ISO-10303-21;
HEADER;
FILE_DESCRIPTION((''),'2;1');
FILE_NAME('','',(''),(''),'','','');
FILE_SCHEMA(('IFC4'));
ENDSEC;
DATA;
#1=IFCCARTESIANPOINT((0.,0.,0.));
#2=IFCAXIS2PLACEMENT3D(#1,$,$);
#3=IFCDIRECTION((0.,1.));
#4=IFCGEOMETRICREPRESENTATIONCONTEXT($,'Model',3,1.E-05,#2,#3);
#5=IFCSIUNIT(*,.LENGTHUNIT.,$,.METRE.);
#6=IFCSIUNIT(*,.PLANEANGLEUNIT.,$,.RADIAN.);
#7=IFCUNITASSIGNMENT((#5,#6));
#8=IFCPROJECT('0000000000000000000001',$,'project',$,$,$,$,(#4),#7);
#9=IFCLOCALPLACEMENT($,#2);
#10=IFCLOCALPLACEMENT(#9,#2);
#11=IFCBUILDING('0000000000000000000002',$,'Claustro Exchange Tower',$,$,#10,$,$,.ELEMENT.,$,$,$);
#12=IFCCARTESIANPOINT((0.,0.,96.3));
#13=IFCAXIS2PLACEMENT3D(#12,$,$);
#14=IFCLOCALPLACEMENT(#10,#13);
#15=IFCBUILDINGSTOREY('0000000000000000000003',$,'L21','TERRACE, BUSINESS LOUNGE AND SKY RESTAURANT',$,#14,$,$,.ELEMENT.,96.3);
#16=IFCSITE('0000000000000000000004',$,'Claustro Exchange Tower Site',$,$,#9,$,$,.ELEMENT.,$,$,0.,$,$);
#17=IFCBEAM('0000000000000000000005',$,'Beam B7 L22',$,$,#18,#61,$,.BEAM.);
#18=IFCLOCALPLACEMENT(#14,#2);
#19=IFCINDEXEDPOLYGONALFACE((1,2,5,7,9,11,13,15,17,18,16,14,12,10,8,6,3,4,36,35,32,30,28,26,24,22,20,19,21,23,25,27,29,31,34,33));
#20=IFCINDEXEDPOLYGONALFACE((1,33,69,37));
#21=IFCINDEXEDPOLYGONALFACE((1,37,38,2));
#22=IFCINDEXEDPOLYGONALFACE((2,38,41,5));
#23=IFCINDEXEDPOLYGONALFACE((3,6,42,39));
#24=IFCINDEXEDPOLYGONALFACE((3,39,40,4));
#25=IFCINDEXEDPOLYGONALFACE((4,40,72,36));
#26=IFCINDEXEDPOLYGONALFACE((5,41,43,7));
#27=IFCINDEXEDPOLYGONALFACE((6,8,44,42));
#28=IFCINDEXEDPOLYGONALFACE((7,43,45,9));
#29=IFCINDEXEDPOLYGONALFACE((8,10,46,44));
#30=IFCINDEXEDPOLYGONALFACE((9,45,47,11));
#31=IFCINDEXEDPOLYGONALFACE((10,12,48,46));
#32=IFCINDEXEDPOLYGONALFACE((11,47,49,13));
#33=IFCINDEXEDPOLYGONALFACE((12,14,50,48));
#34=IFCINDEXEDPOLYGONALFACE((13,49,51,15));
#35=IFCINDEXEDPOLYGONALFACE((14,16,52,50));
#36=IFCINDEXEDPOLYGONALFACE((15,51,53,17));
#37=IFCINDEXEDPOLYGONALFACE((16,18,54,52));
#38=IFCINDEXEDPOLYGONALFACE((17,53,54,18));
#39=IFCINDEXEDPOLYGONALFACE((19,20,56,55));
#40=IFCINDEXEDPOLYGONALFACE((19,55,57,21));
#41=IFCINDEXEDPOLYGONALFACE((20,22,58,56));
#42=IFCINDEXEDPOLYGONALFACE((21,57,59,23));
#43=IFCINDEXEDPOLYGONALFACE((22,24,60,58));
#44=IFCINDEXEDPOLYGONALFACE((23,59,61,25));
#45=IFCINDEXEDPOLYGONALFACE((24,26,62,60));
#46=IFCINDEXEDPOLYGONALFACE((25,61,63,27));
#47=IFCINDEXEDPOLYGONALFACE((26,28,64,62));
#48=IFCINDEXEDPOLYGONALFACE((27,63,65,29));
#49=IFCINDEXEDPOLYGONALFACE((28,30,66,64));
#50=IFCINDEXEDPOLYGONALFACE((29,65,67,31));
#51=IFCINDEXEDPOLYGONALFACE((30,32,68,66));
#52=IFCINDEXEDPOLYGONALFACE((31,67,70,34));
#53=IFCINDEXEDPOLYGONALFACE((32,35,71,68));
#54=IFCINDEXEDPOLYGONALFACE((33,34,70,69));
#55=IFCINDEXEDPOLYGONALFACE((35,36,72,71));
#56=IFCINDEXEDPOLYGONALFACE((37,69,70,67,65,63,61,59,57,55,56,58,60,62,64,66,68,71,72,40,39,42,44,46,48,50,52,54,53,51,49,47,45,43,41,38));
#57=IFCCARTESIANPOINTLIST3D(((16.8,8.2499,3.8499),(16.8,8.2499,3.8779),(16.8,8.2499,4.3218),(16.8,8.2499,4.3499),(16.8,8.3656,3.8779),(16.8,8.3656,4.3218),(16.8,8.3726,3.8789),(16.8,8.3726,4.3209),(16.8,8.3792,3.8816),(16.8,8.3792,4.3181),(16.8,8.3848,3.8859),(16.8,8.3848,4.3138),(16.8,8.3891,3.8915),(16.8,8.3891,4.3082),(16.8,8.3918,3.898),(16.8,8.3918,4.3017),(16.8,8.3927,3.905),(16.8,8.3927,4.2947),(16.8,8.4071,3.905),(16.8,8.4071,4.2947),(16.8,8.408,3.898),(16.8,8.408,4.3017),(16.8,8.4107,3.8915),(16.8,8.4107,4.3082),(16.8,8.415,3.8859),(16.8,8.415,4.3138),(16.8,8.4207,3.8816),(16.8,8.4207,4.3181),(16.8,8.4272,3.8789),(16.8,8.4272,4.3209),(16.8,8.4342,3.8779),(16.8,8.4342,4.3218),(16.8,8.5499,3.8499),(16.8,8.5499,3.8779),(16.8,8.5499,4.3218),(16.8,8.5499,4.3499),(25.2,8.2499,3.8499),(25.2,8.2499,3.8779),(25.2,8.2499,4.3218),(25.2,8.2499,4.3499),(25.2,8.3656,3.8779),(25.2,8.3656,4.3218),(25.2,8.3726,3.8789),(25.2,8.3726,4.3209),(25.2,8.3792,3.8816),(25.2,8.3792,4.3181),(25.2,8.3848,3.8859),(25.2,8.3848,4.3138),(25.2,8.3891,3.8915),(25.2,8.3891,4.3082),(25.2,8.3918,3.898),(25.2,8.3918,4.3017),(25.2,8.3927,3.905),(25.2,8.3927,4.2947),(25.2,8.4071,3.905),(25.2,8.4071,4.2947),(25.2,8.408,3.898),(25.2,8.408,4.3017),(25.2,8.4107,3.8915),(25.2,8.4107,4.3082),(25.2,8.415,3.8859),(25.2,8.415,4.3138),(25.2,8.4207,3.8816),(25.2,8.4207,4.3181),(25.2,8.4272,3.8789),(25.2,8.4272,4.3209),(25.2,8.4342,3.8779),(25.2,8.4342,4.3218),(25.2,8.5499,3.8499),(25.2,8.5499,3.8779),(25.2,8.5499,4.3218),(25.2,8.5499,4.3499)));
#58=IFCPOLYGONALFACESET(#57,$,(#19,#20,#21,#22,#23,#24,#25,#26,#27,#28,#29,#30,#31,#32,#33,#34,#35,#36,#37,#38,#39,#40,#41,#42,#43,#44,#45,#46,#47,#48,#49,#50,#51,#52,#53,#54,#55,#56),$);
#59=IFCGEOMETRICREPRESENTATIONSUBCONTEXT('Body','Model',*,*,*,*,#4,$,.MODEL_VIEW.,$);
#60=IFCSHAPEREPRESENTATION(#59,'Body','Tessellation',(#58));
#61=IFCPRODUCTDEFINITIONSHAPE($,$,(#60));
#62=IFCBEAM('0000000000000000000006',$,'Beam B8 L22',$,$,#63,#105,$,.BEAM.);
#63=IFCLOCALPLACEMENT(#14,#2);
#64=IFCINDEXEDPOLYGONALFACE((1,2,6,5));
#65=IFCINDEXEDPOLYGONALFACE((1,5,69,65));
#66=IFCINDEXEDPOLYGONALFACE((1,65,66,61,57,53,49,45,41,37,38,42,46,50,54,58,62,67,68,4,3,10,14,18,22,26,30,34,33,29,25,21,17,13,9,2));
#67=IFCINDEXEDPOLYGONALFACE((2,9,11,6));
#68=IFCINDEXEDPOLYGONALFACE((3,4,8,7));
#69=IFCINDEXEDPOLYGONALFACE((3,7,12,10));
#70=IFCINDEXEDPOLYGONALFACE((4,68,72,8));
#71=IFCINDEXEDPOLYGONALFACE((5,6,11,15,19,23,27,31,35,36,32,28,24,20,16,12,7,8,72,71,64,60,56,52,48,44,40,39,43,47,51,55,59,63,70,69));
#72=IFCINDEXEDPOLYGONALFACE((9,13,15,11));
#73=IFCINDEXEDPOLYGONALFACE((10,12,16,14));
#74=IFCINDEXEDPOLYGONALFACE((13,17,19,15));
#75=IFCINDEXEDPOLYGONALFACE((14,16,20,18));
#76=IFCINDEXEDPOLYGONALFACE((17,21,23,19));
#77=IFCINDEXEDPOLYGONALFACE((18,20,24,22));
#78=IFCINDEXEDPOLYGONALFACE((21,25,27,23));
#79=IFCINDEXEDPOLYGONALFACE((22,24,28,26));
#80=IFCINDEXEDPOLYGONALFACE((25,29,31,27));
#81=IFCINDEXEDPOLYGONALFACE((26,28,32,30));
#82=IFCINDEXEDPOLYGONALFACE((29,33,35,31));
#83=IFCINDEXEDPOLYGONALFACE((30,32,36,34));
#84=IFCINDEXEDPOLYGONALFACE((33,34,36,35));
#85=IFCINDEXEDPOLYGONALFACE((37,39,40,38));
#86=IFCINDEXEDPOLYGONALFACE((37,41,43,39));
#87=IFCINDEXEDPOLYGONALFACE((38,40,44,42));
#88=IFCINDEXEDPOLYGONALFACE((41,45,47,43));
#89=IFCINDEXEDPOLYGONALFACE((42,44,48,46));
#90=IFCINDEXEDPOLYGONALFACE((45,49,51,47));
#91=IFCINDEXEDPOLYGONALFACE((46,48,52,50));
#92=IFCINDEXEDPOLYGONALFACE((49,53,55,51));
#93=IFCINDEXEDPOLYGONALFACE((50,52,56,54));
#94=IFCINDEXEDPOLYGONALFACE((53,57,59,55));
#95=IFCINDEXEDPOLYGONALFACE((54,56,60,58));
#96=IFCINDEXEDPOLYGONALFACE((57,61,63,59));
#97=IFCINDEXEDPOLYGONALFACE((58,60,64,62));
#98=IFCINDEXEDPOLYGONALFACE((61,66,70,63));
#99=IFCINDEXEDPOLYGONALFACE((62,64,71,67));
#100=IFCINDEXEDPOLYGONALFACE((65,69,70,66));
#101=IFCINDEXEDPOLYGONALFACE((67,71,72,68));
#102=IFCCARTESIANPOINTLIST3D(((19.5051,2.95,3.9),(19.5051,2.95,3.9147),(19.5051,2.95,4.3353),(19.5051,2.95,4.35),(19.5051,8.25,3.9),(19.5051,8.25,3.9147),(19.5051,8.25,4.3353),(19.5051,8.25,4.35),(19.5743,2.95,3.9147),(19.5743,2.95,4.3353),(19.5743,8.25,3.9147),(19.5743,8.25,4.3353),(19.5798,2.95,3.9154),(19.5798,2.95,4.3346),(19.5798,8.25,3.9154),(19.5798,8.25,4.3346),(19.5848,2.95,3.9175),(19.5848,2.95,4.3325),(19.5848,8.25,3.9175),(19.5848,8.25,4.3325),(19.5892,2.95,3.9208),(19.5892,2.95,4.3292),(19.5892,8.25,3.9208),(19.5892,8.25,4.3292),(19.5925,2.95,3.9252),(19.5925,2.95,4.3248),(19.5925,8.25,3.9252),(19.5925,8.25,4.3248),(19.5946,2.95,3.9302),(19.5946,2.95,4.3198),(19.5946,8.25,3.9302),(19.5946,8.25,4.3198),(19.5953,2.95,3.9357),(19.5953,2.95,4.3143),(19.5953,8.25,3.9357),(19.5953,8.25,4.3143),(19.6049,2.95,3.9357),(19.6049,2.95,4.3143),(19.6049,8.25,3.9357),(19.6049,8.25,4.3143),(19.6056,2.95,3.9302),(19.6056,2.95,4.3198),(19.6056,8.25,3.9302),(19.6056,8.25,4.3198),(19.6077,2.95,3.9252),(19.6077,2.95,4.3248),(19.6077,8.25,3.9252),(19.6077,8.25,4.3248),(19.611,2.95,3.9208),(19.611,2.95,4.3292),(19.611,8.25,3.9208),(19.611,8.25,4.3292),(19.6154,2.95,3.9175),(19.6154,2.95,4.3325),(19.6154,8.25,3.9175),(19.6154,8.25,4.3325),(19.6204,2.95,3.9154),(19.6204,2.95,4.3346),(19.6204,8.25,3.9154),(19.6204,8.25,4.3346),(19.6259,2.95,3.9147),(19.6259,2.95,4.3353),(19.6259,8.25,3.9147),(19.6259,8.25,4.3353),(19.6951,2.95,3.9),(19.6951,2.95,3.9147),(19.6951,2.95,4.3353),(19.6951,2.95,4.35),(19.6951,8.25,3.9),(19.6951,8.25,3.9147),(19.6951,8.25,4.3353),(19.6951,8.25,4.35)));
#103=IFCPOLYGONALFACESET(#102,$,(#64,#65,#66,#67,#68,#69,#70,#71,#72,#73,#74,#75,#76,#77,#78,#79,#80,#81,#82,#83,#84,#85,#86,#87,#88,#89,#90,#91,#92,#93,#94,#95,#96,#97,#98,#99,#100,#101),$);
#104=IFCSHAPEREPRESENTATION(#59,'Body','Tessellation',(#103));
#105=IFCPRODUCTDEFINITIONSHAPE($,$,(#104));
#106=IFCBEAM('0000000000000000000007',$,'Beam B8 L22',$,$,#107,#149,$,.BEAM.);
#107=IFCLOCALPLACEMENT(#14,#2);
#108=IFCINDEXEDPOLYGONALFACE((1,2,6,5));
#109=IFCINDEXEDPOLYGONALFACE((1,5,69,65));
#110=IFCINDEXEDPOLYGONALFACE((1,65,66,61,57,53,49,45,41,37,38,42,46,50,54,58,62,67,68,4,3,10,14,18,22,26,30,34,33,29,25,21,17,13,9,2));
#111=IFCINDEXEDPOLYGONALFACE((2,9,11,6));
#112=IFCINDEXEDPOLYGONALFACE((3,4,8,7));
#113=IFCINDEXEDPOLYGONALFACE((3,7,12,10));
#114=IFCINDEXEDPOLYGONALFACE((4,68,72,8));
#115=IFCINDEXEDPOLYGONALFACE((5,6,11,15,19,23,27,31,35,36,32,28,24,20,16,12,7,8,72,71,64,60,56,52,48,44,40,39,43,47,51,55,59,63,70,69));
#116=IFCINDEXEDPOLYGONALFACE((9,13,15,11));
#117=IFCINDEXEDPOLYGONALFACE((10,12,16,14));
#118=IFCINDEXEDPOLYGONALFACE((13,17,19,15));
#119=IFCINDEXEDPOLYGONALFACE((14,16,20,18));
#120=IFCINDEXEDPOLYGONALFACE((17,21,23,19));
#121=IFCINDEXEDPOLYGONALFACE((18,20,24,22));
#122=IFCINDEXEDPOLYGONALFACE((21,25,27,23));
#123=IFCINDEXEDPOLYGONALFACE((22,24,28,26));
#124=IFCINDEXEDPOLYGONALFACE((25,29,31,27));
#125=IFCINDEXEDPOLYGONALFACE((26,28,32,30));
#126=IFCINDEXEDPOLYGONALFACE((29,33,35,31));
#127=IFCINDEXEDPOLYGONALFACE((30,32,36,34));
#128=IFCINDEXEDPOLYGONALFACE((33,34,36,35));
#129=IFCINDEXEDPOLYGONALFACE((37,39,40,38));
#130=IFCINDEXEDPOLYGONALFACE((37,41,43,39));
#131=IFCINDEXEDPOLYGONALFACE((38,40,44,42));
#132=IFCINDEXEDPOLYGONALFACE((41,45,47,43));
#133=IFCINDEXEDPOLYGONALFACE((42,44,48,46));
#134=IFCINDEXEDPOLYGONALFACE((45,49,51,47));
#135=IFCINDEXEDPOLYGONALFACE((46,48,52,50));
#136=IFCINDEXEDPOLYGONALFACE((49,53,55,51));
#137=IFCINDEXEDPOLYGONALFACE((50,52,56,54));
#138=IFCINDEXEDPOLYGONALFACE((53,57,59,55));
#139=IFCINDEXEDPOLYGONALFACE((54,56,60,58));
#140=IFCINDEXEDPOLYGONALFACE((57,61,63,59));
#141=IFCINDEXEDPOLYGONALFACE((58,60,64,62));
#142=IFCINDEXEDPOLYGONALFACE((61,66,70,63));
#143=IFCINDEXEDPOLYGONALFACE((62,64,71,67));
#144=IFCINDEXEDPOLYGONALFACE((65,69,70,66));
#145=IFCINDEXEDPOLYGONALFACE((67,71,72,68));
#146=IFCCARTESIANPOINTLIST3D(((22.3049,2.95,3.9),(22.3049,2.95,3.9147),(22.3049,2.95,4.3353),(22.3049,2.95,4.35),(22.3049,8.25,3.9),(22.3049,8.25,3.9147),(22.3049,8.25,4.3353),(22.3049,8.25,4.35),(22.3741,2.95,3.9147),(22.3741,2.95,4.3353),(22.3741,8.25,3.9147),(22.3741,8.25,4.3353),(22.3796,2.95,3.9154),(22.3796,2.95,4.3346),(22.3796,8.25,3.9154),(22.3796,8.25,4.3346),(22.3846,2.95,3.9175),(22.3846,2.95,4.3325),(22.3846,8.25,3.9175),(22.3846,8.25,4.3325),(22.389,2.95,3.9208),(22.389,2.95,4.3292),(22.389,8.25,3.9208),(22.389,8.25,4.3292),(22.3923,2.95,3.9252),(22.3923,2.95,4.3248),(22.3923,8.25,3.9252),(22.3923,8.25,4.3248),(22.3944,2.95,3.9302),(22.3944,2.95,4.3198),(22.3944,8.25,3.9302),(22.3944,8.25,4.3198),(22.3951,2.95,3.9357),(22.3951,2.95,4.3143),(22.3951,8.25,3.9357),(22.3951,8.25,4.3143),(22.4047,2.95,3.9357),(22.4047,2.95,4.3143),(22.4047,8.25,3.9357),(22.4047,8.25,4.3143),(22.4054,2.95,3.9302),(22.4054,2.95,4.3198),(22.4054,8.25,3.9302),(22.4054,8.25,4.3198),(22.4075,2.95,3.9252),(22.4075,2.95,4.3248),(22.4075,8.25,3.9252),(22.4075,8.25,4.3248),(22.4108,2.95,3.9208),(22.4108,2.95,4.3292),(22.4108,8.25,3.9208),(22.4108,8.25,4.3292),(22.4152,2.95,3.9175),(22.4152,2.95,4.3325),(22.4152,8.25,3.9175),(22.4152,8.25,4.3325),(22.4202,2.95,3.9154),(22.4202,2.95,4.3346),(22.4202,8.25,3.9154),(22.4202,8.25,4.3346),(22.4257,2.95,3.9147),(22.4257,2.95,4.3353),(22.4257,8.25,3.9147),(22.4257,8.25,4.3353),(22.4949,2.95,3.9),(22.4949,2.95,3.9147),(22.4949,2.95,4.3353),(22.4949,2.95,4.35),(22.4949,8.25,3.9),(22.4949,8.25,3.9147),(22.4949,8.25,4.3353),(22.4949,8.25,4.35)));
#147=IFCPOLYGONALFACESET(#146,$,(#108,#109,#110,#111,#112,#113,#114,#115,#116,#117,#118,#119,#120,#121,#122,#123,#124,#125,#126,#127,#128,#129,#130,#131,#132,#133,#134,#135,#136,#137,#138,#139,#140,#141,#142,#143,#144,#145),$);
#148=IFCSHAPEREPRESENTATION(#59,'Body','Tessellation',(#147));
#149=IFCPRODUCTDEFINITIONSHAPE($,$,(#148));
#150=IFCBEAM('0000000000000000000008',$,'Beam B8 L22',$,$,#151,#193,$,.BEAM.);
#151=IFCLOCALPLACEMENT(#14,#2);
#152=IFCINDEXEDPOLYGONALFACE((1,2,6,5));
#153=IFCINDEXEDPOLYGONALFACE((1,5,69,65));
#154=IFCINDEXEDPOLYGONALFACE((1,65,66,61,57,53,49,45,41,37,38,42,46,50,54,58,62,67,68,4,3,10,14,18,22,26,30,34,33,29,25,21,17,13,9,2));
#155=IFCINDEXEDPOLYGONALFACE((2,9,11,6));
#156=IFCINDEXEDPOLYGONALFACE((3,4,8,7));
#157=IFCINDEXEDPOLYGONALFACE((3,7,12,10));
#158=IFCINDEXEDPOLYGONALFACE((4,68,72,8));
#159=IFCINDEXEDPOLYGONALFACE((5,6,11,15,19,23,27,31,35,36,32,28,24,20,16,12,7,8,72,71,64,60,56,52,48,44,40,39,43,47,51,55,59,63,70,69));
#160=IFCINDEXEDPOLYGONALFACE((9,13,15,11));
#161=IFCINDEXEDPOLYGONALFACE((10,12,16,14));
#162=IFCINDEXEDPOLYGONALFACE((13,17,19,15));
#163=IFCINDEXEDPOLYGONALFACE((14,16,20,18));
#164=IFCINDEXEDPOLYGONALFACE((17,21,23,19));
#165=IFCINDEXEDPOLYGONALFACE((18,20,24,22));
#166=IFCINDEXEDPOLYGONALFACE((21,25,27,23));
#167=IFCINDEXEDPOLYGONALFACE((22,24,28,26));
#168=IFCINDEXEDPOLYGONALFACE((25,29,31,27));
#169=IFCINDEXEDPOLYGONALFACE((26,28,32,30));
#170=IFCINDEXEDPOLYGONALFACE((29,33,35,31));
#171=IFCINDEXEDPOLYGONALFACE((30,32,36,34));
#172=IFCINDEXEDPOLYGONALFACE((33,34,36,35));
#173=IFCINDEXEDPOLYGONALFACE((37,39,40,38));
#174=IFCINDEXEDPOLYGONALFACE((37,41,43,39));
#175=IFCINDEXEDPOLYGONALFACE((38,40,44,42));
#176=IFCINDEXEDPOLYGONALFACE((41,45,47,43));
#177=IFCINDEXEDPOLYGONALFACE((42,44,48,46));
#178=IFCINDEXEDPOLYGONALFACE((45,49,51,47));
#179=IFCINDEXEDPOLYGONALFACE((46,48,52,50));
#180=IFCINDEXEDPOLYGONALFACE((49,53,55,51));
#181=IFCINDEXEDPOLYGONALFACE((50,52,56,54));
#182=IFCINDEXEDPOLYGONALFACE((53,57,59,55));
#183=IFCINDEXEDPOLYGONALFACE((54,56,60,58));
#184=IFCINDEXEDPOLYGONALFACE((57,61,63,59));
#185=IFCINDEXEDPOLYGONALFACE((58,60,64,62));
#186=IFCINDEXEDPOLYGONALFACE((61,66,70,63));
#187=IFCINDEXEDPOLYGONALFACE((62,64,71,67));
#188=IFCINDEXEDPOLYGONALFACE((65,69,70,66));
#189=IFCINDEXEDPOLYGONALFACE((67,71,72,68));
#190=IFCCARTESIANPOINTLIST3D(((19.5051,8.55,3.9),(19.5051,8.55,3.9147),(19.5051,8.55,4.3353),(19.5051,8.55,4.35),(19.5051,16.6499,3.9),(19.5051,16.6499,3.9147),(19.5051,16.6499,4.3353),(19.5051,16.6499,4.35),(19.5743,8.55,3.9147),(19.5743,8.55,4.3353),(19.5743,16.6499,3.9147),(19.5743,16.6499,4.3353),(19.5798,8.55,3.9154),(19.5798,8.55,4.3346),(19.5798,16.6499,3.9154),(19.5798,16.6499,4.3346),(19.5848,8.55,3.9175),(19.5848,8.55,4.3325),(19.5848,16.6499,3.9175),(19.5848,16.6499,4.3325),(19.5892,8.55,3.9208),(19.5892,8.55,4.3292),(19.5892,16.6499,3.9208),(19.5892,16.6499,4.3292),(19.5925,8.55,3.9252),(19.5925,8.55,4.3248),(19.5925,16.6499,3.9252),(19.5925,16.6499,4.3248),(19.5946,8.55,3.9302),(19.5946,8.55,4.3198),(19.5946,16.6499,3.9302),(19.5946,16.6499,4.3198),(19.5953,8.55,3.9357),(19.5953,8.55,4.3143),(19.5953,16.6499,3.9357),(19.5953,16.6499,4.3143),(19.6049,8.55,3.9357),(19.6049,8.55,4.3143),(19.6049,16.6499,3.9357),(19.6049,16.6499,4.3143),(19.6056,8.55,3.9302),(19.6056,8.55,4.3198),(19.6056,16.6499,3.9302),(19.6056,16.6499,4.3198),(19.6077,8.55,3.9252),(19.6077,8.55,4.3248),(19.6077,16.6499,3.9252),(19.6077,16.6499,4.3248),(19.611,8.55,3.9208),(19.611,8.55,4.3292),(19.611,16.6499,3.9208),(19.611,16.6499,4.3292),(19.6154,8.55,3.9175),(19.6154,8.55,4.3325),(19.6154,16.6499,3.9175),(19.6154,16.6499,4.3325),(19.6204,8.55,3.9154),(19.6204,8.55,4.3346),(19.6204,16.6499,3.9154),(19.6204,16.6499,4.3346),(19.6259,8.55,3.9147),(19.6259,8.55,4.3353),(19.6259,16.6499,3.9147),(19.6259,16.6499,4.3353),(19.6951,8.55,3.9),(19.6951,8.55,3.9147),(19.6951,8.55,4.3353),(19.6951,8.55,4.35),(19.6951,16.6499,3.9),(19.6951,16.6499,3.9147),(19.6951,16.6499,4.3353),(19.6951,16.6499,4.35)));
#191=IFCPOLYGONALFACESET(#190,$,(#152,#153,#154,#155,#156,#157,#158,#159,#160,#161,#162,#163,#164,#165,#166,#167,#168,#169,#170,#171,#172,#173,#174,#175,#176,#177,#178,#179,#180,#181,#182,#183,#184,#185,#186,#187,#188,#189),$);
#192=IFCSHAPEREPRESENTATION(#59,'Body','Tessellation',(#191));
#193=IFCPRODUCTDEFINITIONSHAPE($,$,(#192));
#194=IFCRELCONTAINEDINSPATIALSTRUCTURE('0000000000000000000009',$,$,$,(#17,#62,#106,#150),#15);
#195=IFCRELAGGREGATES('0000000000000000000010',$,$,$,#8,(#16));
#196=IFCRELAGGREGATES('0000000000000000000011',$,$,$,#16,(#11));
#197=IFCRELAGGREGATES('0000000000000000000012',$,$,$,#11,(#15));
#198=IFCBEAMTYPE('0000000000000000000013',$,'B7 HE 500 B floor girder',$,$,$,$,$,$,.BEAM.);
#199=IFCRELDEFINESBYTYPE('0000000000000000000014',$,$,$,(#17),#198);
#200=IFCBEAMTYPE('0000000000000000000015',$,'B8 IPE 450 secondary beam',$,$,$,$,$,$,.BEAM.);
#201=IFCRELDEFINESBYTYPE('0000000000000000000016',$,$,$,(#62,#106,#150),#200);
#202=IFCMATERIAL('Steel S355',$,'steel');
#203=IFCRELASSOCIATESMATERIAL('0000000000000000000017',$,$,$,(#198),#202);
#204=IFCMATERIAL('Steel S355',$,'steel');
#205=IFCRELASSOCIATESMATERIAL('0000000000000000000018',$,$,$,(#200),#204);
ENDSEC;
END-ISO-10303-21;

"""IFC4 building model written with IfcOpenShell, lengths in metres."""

from ifc_helpers import new_model, si_unit, direction, frame, origin, origin_2d, place, context, subcontext, project, spatial, i_section, extrude, material, material_profile, profile_set, type_object, element, save


model = new_model("IFC4")

# Units and contexts
model_context = context("Model", 3, precision=1e-05, world=origin(), true_north=direction((0.0, 1.0)))
body_context = subcontext(model_context, "Body", "Model", "MODEL_VIEW")
ifc_project = project(units=[si_unit("LENGTHUNIT", "METRE"), si_unit("PLANEANGLEUNIT", "RADIAN")], contexts=[model_context])

# Site, building, storey
site_placement = place(None, origin())
site = spatial("IfcSite", under=ifc_project, at=site_placement, Name="Claustro Exchange Tower Site", CompositionType="ELEMENT", RefElevation=0.0)
building_placement = place(site_placement, origin())
building = spatial("IfcBuilding", under=site, at=building_placement, Name="Claustro Exchange Tower", CompositionType="ELEMENT")
storey_placement = place(building_placement, frame((0.0, 0.0, 96.3)))
storey = spatial("IfcBuildingStorey", under=building, at=storey_placement, Name="L21", Description="TERRACE, BUSINESS LOUNGE AND SKY RESTAURANT", CompositionType="ELEMENT", Elevation=96.3)

# Beams
ifc_material_1 = material(Name="Steel S355", Category="steel")
ifc_material_profile_1 = material_profile(ifc_material_1, i_section(OverallWidth=0.3, OverallDepth=0.5, WebThickness=0.0144, FlangeThickness=0.0281, FilletRadius=0.0271, at=origin_2d()), Name="HE 500 B")
ifc_profile_set_1 = profile_set([ifc_material_profile_1], Name="Steel S355")
beam_type_1 = type_object("IfcBeamType", Name="B7 HE 500 B floor girder", PredefinedType="BEAM", material=ifc_profile_set_1)
beam_1_placement = place(storey_placement, frame((16.8, 8.3999, 4.0999), z_axis=(1.0, 0.0, 0.0), x_axis=(0.0, 1.0, 0.0)))
element("IfcBeam", 1, at=beam_1_placement, inside=storey, type_object=beam_type_1, Name="Beam B7 L22", PredefinedType="BEAM", context=body_context, shape_type="SweptSolid", body=[
    extrude(i_section(OverallWidth=0.3, OverallDepth=0.5, WebThickness=0.0144, FlangeThickness=0.0281, FilletRadius=0.0271, at=origin_2d()), origin(), (0.0, 0.0, 1.0), 8.3999),
])
ifc_material_2 = material(Name="Steel S355", Category="steel")
ifc_material_profile_2 = material_profile(ifc_material_2, i_section(OverallWidth=0.1899, OverallDepth=0.45, WebThickness=0.0095, FlangeThickness=0.0146, FilletRadius=0.021, at=origin_2d()), Name="IPE 450")
ifc_profile_set_2 = profile_set([ifc_material_profile_2], Name="Steel S355")
beam_type_2 = type_object("IfcBeamType", Name="B8 IPE 450 secondary beam", PredefinedType="BEAM", material=ifc_profile_set_2)
for number, where, z_axis, x_axis, name in (
    (2, (19.6001, 2.95, 4.125), (0.0, 1.0, 0.0), (-1.0, 0.0, 0.0), "Beam B8 L22"),
    (3, (22.3999, 2.95, 4.125), (0.0, 1.0, 0.0), (-1.0, 0.0, 0.0), "Beam B8 L22"),
):
    element("IfcBeam", number, at=place(storey_placement, frame(where, z_axis=z_axis, x_axis=x_axis)), inside=storey, type_object=beam_type_2, Name=name, PredefinedType="BEAM", context=body_context, shape_type="SweptSolid", body=[
        extrude(i_section(OverallWidth=0.1899, OverallDepth=0.45, WebThickness=0.0095, FlangeThickness=0.0146, FilletRadius=0.021, at=origin_2d()), origin(), (0.0, 0.0, 1.0), 5.3),
    ])
for number, where, z_axis, x_axis, name in (
    (4, (19.6001, 8.55, 4.125), (0.0, 1.0, 0.0), (-1.0, 0.0, 0.0), "Beam B8 L22"),
):
    element("IfcBeam", number, at=place(storey_placement, frame(where, z_axis=z_axis, x_axis=x_axis)), inside=storey, type_object=beam_type_2, Name=name, PredefinedType="BEAM", context=body_context, shape_type="SweptSolid", body=[
        extrude(i_section(OverallWidth=0.1899, OverallDepth=0.45, WebThickness=0.0095, FlangeThickness=0.0146, FilletRadius=0.021, at=origin_2d()), origin(), (0.0, 0.0, 1.0), 8.0999),
    ])

save(model, "model.ifc")
